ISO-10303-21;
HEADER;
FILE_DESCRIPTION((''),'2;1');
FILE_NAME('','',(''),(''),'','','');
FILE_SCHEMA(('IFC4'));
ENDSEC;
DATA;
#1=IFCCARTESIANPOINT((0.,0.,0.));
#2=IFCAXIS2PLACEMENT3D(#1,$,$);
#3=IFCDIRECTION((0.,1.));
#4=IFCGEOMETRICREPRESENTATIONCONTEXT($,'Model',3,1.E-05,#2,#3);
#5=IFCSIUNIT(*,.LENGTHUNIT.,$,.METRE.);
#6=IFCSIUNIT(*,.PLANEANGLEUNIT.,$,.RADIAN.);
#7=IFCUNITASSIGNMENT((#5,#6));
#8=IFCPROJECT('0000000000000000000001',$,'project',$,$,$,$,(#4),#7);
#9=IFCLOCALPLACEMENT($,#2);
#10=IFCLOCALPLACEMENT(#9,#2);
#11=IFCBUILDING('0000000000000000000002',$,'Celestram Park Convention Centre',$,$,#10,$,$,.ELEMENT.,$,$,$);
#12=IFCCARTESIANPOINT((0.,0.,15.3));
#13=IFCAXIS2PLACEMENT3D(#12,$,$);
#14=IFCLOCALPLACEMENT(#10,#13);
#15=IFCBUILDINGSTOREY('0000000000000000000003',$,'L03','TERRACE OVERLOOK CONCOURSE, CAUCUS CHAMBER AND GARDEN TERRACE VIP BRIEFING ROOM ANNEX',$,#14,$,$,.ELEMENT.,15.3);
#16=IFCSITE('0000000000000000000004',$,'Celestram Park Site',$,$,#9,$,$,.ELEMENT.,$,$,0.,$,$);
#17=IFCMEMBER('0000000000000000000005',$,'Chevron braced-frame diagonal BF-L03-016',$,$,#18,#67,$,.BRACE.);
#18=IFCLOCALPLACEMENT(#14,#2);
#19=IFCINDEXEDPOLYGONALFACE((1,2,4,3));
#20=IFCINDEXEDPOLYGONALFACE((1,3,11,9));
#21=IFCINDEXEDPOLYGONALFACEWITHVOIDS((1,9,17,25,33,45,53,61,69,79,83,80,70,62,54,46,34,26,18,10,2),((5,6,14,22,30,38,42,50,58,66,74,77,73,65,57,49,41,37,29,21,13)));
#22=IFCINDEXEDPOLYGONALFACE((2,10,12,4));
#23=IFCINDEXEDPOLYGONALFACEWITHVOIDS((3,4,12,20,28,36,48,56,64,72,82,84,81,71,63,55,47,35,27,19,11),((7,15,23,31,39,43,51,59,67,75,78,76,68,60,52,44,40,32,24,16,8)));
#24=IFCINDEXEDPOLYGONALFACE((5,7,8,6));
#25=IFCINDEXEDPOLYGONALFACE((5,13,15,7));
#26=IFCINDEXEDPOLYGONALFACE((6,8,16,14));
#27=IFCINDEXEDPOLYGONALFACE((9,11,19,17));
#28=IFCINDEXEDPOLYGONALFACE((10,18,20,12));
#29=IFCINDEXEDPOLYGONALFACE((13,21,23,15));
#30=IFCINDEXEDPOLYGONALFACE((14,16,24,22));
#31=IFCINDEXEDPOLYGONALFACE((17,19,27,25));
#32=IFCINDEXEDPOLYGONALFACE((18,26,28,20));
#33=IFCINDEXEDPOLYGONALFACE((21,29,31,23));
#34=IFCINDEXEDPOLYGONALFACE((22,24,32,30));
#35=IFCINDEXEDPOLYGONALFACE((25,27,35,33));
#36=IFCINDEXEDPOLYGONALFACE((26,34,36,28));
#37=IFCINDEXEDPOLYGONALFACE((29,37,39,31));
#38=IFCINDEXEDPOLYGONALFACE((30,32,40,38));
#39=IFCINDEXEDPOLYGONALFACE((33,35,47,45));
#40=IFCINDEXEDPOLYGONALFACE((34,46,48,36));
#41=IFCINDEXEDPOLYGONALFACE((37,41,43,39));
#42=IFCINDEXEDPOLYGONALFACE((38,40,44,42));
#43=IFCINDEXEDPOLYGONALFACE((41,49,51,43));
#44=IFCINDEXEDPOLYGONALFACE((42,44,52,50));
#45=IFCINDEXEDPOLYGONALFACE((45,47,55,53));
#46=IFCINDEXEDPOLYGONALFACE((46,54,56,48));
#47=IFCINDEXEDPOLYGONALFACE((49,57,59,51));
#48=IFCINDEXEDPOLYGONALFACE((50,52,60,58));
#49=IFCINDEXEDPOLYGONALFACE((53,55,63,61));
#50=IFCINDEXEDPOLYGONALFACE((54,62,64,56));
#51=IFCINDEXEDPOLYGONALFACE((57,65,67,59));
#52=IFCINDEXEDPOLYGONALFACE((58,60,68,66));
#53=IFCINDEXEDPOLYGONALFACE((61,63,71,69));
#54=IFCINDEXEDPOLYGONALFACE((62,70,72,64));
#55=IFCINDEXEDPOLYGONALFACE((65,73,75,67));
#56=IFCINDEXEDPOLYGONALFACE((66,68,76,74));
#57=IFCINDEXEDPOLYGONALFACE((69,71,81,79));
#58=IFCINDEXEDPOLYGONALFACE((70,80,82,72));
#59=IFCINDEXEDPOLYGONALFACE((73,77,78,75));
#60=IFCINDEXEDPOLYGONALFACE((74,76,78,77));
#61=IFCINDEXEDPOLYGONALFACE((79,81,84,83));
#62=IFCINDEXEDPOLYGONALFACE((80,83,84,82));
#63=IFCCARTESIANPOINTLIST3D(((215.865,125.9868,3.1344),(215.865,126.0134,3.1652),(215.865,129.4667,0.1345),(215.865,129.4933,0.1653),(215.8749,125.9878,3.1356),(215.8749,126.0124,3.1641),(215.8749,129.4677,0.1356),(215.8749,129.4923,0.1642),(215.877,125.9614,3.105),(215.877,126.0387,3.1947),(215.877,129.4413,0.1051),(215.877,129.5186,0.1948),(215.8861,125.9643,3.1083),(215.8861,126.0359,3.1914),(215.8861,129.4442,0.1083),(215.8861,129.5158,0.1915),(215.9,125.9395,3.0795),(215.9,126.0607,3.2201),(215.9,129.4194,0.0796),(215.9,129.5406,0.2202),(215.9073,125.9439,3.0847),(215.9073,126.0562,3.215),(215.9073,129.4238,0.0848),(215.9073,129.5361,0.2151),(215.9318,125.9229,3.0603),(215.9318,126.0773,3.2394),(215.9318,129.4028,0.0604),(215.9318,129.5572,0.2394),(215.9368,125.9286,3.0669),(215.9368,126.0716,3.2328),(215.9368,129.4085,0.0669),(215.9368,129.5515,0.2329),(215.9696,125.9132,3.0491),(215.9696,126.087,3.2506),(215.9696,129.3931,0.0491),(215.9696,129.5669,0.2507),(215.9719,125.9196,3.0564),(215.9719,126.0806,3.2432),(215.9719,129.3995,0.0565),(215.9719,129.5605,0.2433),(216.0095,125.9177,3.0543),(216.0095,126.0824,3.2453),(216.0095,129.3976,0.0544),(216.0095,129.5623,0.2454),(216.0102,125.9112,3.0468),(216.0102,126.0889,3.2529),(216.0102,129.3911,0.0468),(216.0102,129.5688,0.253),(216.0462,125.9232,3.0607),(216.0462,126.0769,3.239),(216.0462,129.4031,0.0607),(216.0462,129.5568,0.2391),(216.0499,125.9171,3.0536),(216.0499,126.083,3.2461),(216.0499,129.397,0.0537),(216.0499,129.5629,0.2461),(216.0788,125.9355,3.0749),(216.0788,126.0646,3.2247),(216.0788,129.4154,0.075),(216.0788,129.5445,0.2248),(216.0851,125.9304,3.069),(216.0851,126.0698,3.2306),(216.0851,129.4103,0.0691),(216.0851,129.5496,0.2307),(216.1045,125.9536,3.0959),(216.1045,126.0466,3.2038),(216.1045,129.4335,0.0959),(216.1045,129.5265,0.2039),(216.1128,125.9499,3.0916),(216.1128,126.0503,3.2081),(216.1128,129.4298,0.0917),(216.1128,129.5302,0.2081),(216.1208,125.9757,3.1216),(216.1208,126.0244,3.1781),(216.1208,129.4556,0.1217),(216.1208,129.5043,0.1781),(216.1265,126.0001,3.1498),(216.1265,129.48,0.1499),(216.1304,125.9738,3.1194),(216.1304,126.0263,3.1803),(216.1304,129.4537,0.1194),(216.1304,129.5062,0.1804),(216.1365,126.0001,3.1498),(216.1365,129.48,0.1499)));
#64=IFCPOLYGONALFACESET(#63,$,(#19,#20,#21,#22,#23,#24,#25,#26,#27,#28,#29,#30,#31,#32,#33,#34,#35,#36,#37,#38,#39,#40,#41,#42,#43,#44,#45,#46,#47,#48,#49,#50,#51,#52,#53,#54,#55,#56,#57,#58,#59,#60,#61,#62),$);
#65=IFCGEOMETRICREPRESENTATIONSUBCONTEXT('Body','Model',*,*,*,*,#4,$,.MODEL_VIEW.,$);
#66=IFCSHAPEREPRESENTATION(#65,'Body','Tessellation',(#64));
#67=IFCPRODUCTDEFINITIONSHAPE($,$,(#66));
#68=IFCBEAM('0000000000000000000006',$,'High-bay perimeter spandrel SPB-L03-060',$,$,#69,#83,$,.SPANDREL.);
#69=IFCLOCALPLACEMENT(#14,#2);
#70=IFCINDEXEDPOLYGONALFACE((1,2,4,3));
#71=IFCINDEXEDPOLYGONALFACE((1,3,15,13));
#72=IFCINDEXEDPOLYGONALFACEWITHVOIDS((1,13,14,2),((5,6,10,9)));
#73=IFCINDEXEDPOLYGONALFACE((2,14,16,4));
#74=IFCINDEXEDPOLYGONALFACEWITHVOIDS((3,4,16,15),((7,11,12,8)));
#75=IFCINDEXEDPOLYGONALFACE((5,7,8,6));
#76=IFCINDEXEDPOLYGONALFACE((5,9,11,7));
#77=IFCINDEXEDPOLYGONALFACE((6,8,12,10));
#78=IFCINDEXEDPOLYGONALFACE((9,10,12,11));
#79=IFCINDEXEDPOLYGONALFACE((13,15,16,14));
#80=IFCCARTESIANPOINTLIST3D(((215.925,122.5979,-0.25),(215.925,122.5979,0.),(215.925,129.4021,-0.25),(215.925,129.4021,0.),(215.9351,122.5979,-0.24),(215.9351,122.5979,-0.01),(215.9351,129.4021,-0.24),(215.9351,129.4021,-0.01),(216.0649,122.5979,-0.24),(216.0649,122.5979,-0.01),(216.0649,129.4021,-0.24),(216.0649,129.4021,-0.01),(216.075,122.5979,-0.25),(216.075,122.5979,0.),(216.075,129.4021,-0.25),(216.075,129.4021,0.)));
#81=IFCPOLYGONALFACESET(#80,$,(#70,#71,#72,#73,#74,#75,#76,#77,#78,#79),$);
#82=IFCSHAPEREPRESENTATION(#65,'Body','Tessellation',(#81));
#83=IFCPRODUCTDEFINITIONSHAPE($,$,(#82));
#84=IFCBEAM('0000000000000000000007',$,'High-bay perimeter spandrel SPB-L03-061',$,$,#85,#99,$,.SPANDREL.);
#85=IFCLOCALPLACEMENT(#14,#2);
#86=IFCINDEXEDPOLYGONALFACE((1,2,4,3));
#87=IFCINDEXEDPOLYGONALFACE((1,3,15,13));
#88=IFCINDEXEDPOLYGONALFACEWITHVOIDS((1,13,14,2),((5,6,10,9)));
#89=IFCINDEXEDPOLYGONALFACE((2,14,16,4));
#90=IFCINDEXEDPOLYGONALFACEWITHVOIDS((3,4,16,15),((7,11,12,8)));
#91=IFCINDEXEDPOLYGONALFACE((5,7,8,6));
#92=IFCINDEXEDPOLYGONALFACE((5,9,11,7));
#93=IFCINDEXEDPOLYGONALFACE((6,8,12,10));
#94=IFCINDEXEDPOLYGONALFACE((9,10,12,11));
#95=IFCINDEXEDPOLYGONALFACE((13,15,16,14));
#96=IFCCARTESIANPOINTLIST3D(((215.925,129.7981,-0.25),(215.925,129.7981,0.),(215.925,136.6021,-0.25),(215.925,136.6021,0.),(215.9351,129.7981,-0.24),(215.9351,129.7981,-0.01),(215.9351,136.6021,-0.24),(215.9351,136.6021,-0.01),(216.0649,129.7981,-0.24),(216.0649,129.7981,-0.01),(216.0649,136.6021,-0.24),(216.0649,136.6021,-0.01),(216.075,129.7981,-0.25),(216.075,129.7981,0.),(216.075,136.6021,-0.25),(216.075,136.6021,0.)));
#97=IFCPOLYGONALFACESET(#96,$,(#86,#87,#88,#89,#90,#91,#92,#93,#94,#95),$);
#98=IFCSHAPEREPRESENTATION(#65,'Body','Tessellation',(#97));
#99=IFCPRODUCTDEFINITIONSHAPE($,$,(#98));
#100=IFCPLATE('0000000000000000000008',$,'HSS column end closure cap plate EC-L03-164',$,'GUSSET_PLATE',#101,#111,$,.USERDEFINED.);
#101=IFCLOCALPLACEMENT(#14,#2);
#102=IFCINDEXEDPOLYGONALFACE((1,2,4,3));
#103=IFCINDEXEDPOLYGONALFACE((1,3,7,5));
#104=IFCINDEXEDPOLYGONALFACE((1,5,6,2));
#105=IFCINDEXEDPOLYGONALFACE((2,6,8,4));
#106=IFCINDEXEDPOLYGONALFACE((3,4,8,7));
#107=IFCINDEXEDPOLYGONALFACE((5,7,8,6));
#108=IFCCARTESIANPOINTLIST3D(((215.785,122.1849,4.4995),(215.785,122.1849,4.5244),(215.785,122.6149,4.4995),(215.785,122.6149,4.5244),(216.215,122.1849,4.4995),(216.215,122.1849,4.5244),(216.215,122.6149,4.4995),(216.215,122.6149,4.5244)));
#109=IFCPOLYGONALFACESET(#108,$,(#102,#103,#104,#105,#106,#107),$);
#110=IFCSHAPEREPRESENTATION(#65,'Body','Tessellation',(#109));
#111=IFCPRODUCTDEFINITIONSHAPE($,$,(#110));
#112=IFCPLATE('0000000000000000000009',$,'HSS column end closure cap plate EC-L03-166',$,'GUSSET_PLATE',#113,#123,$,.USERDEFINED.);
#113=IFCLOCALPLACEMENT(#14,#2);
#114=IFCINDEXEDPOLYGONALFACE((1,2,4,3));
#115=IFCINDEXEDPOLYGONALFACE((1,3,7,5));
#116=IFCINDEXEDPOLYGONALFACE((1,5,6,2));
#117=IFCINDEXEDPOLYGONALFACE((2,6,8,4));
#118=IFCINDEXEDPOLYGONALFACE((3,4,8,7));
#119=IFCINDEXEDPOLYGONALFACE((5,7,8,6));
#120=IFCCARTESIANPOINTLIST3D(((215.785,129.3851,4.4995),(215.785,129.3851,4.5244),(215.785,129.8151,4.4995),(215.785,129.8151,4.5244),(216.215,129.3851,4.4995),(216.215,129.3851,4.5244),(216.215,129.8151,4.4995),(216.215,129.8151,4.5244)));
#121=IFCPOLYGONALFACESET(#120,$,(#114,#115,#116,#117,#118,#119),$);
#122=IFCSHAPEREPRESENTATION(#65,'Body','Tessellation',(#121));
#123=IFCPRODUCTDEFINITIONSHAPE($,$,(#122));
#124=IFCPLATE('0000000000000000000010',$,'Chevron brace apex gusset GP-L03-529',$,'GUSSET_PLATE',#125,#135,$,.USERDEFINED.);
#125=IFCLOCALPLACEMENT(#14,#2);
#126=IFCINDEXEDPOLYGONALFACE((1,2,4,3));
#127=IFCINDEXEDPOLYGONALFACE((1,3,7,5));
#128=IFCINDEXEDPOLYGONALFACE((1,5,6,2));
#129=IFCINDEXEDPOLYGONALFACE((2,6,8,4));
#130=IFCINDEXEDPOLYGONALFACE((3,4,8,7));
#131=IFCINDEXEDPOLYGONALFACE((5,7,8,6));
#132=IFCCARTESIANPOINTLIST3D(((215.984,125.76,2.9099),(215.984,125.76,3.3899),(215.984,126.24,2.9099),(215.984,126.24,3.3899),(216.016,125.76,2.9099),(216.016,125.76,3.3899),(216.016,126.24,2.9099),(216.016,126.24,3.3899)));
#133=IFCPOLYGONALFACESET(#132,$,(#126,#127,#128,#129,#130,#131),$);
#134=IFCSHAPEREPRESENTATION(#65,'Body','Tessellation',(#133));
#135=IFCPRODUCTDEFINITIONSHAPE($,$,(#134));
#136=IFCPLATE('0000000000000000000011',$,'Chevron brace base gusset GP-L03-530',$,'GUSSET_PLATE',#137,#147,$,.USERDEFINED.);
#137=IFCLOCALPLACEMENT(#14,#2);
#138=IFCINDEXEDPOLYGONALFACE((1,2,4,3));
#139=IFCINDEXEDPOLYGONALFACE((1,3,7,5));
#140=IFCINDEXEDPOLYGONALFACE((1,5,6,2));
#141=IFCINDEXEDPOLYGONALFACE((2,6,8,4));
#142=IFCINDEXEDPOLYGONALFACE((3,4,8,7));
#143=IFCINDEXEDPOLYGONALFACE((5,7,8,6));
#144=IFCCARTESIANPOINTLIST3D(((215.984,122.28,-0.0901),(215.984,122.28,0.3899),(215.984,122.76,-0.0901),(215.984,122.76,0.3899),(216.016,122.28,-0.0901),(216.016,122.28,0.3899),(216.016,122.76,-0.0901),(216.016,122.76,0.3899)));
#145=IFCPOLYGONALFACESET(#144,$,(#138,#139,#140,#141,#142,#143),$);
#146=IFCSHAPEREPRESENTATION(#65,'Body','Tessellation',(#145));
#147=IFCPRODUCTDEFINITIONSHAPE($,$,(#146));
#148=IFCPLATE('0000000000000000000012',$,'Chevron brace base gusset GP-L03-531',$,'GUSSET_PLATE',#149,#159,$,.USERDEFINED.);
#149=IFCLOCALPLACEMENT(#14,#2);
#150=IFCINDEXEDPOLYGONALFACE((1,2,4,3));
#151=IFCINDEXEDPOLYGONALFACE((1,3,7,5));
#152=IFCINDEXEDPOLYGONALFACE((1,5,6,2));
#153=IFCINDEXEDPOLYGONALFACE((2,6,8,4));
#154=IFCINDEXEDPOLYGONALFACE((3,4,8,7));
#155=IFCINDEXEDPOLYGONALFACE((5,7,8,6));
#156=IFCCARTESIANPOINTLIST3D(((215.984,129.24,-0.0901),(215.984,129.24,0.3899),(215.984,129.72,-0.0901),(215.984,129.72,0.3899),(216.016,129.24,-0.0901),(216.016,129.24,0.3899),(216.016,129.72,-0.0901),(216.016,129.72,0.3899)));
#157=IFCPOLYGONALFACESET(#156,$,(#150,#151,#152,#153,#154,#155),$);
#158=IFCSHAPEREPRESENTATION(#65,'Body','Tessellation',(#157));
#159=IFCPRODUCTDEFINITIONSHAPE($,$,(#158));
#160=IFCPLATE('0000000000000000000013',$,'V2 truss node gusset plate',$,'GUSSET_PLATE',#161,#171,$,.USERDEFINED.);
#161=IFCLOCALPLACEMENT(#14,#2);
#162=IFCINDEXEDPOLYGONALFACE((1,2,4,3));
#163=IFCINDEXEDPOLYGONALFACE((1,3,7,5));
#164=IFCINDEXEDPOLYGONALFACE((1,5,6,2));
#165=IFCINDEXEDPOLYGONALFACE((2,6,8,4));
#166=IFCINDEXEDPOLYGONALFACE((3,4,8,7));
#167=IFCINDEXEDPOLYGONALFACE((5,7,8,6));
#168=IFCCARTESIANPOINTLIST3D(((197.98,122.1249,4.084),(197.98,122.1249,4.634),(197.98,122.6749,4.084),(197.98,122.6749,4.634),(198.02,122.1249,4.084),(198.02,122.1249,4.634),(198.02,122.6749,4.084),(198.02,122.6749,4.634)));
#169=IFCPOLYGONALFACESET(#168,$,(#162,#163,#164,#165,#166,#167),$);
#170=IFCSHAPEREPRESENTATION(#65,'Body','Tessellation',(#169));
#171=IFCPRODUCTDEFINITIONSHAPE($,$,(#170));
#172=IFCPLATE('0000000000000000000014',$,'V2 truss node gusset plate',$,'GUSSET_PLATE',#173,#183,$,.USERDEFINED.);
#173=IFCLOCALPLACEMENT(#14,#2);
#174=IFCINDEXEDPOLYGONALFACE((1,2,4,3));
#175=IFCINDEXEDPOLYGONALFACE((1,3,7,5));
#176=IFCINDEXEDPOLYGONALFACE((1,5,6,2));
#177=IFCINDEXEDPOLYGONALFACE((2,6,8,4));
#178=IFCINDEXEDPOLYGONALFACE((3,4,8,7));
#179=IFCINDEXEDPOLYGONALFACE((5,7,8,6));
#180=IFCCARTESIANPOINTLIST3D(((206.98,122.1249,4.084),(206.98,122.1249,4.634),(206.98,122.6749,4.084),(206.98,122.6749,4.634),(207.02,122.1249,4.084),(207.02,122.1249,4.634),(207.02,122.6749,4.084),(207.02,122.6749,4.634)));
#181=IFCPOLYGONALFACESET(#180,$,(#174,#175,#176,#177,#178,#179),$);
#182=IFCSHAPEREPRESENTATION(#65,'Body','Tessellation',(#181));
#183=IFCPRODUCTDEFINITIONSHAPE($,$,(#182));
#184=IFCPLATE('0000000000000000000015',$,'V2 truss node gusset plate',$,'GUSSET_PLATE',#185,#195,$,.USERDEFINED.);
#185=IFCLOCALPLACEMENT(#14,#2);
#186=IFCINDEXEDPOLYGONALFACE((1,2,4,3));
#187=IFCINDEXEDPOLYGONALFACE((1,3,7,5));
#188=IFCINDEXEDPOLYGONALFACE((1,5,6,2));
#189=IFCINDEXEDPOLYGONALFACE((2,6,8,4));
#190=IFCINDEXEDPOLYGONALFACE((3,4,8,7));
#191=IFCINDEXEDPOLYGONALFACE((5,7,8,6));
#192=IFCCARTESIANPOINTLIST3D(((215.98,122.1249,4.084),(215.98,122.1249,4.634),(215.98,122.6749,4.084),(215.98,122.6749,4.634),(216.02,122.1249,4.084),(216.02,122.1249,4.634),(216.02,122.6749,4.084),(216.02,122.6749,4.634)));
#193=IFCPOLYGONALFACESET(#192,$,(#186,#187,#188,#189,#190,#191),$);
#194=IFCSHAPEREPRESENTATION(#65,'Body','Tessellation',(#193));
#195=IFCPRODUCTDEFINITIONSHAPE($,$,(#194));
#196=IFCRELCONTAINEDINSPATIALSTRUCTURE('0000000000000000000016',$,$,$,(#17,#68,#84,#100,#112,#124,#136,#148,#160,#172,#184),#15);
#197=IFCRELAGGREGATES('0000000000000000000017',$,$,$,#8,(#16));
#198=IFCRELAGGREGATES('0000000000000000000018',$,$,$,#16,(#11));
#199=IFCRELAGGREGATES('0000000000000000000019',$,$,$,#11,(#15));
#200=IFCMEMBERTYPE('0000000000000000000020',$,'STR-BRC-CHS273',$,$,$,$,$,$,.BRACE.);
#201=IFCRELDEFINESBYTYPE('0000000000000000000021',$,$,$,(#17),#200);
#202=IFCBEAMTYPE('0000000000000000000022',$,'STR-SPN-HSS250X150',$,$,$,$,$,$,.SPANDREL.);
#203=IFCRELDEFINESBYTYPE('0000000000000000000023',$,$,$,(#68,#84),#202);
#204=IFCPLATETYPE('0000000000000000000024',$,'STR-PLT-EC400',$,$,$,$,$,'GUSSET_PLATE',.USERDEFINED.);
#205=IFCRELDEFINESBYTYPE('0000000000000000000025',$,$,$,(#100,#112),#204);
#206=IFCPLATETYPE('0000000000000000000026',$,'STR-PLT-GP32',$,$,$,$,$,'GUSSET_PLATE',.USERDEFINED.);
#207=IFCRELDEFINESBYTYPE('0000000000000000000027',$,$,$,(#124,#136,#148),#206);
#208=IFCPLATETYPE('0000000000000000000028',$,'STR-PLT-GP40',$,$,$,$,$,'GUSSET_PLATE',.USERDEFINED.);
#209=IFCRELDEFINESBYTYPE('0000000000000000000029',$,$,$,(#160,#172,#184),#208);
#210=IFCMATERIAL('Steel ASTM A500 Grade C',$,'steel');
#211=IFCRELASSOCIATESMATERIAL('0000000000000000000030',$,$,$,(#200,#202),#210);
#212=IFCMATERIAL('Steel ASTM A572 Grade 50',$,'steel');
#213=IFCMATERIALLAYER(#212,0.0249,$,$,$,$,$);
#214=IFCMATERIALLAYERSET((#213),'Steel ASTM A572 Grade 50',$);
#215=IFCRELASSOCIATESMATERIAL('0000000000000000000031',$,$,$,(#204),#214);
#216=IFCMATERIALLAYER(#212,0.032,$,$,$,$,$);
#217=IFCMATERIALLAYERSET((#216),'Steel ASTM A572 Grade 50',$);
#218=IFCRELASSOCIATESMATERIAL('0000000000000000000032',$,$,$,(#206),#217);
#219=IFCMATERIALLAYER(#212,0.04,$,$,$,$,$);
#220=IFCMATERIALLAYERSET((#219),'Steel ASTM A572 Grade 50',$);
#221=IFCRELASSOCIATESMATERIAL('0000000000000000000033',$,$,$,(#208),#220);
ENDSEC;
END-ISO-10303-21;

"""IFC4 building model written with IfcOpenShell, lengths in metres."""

from ifc_helpers import new_model, si_unit, direction, frame, origin, origin_2d, place, context, subcontext, project, spatial, rectangle, hollow_rectangle, hollow_circle, extrude, material, layer, layer_set, material_profile, profile_set, type_object, element, save


model = new_model("IFC4")

# Units and contexts
model_context = context("Model", 3, precision=1e-05, world=origin(), true_north=direction((0.0, 1.0)))
body_context = subcontext(model_context, "Body", "Model", "MODEL_VIEW")
ifc_project = project(units=[si_unit("LENGTHUNIT", "METRE"), si_unit("PLANEANGLEUNIT", "RADIAN")], contexts=[model_context])

# Site, building, storey
site_placement = place(None, origin())
site = spatial("IfcSite", under=ifc_project, at=site_placement, Name="Celestram Park Site", CompositionType="ELEMENT", RefElevation=0.0)
building_placement = place(site_placement, origin())
building = spatial("IfcBuilding", under=site, at=building_placement, Name="Celestram Park Convention Centre", CompositionType="ELEMENT")
storey_placement = place(building_placement, frame((0.0, 0.0, 15.3)))
storey = spatial("IfcBuildingStorey", under=building, at=storey_placement, Name="L03", Description="TERRACE OVERLOOK CONCOURSE, CAUCUS CHAMBER AND GARDEN TERRACE VIP BRIEFING ROOM ANNEX", CompositionType="ELEMENT", Elevation=15.3)

# Shared definitions
ifc_material_1 = material(Name="Steel ASTM A500 Grade C", Category="steel")

# Member
ifc_material_profile_1 = material_profile(ifc_material_1, hollow_circle(Radius=0.1365, WallThickness=0.01, at=origin_2d()), Name="CHS273X10")
ifc_profile_set_1 = profile_set([ifc_material_profile_1], Name="Steel ASTM A500 Grade C")
member_type = type_object("IfcMemberType", Name="STR-BRC-CHS273", PredefinedType="BRACE", material=ifc_profile_set_1)
for number, where, z_axis, x_axis, name in (
    (1, (216.0, 129.48, 0.1499), (0.0, -0.757408, 0.652942), (1.0, 0.0, 0.0), "Chevron braced-frame diagonal BF-L03-016"),
):
    element("IfcMember", number, at=place(storey_placement, frame(where, z_axis=z_axis, x_axis=x_axis)), inside=storey, type_object=member_type, Name=name, PredefinedType="BRACE", context=body_context, shape_type="SweptSolid", body=[
        extrude(hollow_circle(Radius=0.1365, WallThickness=0.01, at=origin_2d()), origin(), (0.0, 0.0, 1.0), 4.5945),
    ])

# Beams
ifc_material_profile_2 = material_profile(ifc_material_1, hollow_rectangle(XDim=0.1499, YDim=0.25, WallThickness=0.01, at=origin_2d()), Name="HSS250X150X10")
ifc_profile_set_2 = profile_set([ifc_material_profile_2], Name="Steel ASTM A500 Grade C")
beam_type_1 = type_object("IfcBeamType", Name="STR-SPN-HSS250X150", PredefinedType="SPANDREL", material=ifc_profile_set_2)
beam_1_placement = place(storey_placement, frame((216.0, 122.5979, -0.125), z_axis=(0.0, 1.0, 0.0), x_axis=(-1.0, 0.0, 0.0)))
element("IfcBeam", 2, at=beam_1_placement, inside=storey, type_object=beam_type_1, Name="High-bay perimeter spandrel SPB-L03-060", PredefinedType="SPANDREL", context=body_context, shape_type="SweptSolid", body=[
    extrude(hollow_rectangle(XDim=0.1499, YDim=0.25, WallThickness=0.01, at=origin_2d()), origin(), (0.0, 0.0, 1.0), 6.8042),
])
beam_2_placement = place(storey_placement, frame((216.0, 129.7981, -0.125), z_axis=(0.0, 1.0, 0.0), x_axis=(-1.0, 0.0, 0.0)))
element("IfcBeam", 3, at=beam_2_placement, inside=storey, type_object=beam_type_1, Name="High-bay perimeter spandrel SPB-L03-061", PredefinedType="SPANDREL", context=body_context, shape_type="SweptSolid", body=[
    extrude(hollow_rectangle(XDim=0.1499, YDim=0.25, WallThickness=0.01, at=origin_2d()), origin(), (0.0, 0.0, 1.0), 6.804),
])

# Plates
ifc_material_2 = material(Name="Steel ASTM A572 Grade 50", Category="steel")
ifc_layer_1 = layer(ifc_material_2, 0.0249)
ifc_layer_set_1 = layer_set([ifc_layer_1], Name="Steel ASTM A572 Grade 50")
plate_type_1 = type_object("IfcPlateType", Name="STR-PLT-EC400", ElementType="GUSSET_PLATE", PredefinedType="USERDEFINED", material=ifc_layer_set_1)
for number, where, z_axis, x_axis, name in (
    (4, (216.0, 122.3999, 4.4995), (0.0, 0.0, 1.0), (1.0, 0.0, 0.0), "HSS column end closure cap plate EC-L03-164"),
    (5, (216.0, 129.6001, 4.4995), (0.0, 0.0, 1.0), (1.0, 0.0, 0.0), "HSS column end closure cap plate EC-L03-166"),
):
    element("IfcPlate", number, at=place(storey_placement, frame(where, z_axis=z_axis, x_axis=x_axis)), inside=storey, type_object=plate_type_1, Name=name, ObjectType="GUSSET_PLATE", PredefinedType="USERDEFINED", context=body_context, shape_type="SweptSolid", body=[
        extrude(rectangle(XDim=0.4299, YDim=0.4299, at=origin_2d()), origin(), (0.0, 0.0, 1.0), 0.0249),
    ])
ifc_layer_2 = layer(ifc_material_2, 0.032)
ifc_layer_set_2 = layer_set([ifc_layer_2], Name="Steel ASTM A572 Grade 50")
plate_type_2 = type_object("IfcPlateType", Name="STR-PLT-GP32", ElementType="GUSSET_PLATE", PredefinedType="USERDEFINED", material=ifc_layer_set_2)
for number, where, z_axis, x_axis, name in (
    (6, (216.0, 126.0, 2.9099), (0.0, 0.0, 1.0), (0.0, 1.0, 0.0), "Chevron brace apex gusset GP-L03-529"),
    (7, (216.0, 122.52, -0.0901), (0.0, 0.0, 1.0), (0.0, 1.0, 0.0), "Chevron brace base gusset GP-L03-530"),
    (8, (216.0, 129.48, -0.0901), (0.0, 0.0, 1.0), (0.0, 1.0, 0.0), "Chevron brace base gusset GP-L03-531"),
):
    element("IfcPlate", number, at=place(storey_placement, frame(where, z_axis=z_axis, x_axis=x_axis)), inside=storey, type_object=plate_type_2, Name=name, ObjectType="GUSSET_PLATE", PredefinedType="USERDEFINED", context=body_context, shape_type="SweptSolid", body=[
        extrude(rectangle(XDim=0.48, YDim=0.032, at=origin_2d()), origin(), (0.0, 0.0, 1.0), 0.48),
    ])
ifc_layer_3 = layer(ifc_material_2, 0.04)
ifc_layer_set_3 = layer_set([ifc_layer_3], Name="Steel ASTM A572 Grade 50")
plate_type_3 = type_object("IfcPlateType", Name="STR-PLT-GP40", ElementType="GUSSET_PLATE", PredefinedType="USERDEFINED", material=ifc_layer_set_3)
for number, where, z_axis, x_axis, name in (
    (9, (198.0, 122.3999, 4.084), (0.0, 0.0, 1.0), (0.0, 1.0, 0.0), "V2 truss node gusset plate"),
    (10, (207.0, 122.3999, 4.084), (0.0, 0.0, 1.0), (0.0, 1.0, 0.0), "V2 truss node gusset plate"),
    (11, (216.0, 122.3999, 4.084), (0.0, 0.0, 1.0), (0.0, 1.0, 0.0), "V2 truss node gusset plate"),
):
    element("IfcPlate", number, at=place(storey_placement, frame(where, z_axis=z_axis, x_axis=x_axis)), inside=storey, type_object=plate_type_3, Name=name, ObjectType="GUSSET_PLATE", PredefinedType="USERDEFINED", context=body_context, shape_type="SweptSolid", body=[
        extrude(rectangle(XDim=0.55, YDim=0.04, at=origin_2d()), origin(), (0.0, 0.0, 1.0), 0.55),
    ])

save(model, "model.ifc")
